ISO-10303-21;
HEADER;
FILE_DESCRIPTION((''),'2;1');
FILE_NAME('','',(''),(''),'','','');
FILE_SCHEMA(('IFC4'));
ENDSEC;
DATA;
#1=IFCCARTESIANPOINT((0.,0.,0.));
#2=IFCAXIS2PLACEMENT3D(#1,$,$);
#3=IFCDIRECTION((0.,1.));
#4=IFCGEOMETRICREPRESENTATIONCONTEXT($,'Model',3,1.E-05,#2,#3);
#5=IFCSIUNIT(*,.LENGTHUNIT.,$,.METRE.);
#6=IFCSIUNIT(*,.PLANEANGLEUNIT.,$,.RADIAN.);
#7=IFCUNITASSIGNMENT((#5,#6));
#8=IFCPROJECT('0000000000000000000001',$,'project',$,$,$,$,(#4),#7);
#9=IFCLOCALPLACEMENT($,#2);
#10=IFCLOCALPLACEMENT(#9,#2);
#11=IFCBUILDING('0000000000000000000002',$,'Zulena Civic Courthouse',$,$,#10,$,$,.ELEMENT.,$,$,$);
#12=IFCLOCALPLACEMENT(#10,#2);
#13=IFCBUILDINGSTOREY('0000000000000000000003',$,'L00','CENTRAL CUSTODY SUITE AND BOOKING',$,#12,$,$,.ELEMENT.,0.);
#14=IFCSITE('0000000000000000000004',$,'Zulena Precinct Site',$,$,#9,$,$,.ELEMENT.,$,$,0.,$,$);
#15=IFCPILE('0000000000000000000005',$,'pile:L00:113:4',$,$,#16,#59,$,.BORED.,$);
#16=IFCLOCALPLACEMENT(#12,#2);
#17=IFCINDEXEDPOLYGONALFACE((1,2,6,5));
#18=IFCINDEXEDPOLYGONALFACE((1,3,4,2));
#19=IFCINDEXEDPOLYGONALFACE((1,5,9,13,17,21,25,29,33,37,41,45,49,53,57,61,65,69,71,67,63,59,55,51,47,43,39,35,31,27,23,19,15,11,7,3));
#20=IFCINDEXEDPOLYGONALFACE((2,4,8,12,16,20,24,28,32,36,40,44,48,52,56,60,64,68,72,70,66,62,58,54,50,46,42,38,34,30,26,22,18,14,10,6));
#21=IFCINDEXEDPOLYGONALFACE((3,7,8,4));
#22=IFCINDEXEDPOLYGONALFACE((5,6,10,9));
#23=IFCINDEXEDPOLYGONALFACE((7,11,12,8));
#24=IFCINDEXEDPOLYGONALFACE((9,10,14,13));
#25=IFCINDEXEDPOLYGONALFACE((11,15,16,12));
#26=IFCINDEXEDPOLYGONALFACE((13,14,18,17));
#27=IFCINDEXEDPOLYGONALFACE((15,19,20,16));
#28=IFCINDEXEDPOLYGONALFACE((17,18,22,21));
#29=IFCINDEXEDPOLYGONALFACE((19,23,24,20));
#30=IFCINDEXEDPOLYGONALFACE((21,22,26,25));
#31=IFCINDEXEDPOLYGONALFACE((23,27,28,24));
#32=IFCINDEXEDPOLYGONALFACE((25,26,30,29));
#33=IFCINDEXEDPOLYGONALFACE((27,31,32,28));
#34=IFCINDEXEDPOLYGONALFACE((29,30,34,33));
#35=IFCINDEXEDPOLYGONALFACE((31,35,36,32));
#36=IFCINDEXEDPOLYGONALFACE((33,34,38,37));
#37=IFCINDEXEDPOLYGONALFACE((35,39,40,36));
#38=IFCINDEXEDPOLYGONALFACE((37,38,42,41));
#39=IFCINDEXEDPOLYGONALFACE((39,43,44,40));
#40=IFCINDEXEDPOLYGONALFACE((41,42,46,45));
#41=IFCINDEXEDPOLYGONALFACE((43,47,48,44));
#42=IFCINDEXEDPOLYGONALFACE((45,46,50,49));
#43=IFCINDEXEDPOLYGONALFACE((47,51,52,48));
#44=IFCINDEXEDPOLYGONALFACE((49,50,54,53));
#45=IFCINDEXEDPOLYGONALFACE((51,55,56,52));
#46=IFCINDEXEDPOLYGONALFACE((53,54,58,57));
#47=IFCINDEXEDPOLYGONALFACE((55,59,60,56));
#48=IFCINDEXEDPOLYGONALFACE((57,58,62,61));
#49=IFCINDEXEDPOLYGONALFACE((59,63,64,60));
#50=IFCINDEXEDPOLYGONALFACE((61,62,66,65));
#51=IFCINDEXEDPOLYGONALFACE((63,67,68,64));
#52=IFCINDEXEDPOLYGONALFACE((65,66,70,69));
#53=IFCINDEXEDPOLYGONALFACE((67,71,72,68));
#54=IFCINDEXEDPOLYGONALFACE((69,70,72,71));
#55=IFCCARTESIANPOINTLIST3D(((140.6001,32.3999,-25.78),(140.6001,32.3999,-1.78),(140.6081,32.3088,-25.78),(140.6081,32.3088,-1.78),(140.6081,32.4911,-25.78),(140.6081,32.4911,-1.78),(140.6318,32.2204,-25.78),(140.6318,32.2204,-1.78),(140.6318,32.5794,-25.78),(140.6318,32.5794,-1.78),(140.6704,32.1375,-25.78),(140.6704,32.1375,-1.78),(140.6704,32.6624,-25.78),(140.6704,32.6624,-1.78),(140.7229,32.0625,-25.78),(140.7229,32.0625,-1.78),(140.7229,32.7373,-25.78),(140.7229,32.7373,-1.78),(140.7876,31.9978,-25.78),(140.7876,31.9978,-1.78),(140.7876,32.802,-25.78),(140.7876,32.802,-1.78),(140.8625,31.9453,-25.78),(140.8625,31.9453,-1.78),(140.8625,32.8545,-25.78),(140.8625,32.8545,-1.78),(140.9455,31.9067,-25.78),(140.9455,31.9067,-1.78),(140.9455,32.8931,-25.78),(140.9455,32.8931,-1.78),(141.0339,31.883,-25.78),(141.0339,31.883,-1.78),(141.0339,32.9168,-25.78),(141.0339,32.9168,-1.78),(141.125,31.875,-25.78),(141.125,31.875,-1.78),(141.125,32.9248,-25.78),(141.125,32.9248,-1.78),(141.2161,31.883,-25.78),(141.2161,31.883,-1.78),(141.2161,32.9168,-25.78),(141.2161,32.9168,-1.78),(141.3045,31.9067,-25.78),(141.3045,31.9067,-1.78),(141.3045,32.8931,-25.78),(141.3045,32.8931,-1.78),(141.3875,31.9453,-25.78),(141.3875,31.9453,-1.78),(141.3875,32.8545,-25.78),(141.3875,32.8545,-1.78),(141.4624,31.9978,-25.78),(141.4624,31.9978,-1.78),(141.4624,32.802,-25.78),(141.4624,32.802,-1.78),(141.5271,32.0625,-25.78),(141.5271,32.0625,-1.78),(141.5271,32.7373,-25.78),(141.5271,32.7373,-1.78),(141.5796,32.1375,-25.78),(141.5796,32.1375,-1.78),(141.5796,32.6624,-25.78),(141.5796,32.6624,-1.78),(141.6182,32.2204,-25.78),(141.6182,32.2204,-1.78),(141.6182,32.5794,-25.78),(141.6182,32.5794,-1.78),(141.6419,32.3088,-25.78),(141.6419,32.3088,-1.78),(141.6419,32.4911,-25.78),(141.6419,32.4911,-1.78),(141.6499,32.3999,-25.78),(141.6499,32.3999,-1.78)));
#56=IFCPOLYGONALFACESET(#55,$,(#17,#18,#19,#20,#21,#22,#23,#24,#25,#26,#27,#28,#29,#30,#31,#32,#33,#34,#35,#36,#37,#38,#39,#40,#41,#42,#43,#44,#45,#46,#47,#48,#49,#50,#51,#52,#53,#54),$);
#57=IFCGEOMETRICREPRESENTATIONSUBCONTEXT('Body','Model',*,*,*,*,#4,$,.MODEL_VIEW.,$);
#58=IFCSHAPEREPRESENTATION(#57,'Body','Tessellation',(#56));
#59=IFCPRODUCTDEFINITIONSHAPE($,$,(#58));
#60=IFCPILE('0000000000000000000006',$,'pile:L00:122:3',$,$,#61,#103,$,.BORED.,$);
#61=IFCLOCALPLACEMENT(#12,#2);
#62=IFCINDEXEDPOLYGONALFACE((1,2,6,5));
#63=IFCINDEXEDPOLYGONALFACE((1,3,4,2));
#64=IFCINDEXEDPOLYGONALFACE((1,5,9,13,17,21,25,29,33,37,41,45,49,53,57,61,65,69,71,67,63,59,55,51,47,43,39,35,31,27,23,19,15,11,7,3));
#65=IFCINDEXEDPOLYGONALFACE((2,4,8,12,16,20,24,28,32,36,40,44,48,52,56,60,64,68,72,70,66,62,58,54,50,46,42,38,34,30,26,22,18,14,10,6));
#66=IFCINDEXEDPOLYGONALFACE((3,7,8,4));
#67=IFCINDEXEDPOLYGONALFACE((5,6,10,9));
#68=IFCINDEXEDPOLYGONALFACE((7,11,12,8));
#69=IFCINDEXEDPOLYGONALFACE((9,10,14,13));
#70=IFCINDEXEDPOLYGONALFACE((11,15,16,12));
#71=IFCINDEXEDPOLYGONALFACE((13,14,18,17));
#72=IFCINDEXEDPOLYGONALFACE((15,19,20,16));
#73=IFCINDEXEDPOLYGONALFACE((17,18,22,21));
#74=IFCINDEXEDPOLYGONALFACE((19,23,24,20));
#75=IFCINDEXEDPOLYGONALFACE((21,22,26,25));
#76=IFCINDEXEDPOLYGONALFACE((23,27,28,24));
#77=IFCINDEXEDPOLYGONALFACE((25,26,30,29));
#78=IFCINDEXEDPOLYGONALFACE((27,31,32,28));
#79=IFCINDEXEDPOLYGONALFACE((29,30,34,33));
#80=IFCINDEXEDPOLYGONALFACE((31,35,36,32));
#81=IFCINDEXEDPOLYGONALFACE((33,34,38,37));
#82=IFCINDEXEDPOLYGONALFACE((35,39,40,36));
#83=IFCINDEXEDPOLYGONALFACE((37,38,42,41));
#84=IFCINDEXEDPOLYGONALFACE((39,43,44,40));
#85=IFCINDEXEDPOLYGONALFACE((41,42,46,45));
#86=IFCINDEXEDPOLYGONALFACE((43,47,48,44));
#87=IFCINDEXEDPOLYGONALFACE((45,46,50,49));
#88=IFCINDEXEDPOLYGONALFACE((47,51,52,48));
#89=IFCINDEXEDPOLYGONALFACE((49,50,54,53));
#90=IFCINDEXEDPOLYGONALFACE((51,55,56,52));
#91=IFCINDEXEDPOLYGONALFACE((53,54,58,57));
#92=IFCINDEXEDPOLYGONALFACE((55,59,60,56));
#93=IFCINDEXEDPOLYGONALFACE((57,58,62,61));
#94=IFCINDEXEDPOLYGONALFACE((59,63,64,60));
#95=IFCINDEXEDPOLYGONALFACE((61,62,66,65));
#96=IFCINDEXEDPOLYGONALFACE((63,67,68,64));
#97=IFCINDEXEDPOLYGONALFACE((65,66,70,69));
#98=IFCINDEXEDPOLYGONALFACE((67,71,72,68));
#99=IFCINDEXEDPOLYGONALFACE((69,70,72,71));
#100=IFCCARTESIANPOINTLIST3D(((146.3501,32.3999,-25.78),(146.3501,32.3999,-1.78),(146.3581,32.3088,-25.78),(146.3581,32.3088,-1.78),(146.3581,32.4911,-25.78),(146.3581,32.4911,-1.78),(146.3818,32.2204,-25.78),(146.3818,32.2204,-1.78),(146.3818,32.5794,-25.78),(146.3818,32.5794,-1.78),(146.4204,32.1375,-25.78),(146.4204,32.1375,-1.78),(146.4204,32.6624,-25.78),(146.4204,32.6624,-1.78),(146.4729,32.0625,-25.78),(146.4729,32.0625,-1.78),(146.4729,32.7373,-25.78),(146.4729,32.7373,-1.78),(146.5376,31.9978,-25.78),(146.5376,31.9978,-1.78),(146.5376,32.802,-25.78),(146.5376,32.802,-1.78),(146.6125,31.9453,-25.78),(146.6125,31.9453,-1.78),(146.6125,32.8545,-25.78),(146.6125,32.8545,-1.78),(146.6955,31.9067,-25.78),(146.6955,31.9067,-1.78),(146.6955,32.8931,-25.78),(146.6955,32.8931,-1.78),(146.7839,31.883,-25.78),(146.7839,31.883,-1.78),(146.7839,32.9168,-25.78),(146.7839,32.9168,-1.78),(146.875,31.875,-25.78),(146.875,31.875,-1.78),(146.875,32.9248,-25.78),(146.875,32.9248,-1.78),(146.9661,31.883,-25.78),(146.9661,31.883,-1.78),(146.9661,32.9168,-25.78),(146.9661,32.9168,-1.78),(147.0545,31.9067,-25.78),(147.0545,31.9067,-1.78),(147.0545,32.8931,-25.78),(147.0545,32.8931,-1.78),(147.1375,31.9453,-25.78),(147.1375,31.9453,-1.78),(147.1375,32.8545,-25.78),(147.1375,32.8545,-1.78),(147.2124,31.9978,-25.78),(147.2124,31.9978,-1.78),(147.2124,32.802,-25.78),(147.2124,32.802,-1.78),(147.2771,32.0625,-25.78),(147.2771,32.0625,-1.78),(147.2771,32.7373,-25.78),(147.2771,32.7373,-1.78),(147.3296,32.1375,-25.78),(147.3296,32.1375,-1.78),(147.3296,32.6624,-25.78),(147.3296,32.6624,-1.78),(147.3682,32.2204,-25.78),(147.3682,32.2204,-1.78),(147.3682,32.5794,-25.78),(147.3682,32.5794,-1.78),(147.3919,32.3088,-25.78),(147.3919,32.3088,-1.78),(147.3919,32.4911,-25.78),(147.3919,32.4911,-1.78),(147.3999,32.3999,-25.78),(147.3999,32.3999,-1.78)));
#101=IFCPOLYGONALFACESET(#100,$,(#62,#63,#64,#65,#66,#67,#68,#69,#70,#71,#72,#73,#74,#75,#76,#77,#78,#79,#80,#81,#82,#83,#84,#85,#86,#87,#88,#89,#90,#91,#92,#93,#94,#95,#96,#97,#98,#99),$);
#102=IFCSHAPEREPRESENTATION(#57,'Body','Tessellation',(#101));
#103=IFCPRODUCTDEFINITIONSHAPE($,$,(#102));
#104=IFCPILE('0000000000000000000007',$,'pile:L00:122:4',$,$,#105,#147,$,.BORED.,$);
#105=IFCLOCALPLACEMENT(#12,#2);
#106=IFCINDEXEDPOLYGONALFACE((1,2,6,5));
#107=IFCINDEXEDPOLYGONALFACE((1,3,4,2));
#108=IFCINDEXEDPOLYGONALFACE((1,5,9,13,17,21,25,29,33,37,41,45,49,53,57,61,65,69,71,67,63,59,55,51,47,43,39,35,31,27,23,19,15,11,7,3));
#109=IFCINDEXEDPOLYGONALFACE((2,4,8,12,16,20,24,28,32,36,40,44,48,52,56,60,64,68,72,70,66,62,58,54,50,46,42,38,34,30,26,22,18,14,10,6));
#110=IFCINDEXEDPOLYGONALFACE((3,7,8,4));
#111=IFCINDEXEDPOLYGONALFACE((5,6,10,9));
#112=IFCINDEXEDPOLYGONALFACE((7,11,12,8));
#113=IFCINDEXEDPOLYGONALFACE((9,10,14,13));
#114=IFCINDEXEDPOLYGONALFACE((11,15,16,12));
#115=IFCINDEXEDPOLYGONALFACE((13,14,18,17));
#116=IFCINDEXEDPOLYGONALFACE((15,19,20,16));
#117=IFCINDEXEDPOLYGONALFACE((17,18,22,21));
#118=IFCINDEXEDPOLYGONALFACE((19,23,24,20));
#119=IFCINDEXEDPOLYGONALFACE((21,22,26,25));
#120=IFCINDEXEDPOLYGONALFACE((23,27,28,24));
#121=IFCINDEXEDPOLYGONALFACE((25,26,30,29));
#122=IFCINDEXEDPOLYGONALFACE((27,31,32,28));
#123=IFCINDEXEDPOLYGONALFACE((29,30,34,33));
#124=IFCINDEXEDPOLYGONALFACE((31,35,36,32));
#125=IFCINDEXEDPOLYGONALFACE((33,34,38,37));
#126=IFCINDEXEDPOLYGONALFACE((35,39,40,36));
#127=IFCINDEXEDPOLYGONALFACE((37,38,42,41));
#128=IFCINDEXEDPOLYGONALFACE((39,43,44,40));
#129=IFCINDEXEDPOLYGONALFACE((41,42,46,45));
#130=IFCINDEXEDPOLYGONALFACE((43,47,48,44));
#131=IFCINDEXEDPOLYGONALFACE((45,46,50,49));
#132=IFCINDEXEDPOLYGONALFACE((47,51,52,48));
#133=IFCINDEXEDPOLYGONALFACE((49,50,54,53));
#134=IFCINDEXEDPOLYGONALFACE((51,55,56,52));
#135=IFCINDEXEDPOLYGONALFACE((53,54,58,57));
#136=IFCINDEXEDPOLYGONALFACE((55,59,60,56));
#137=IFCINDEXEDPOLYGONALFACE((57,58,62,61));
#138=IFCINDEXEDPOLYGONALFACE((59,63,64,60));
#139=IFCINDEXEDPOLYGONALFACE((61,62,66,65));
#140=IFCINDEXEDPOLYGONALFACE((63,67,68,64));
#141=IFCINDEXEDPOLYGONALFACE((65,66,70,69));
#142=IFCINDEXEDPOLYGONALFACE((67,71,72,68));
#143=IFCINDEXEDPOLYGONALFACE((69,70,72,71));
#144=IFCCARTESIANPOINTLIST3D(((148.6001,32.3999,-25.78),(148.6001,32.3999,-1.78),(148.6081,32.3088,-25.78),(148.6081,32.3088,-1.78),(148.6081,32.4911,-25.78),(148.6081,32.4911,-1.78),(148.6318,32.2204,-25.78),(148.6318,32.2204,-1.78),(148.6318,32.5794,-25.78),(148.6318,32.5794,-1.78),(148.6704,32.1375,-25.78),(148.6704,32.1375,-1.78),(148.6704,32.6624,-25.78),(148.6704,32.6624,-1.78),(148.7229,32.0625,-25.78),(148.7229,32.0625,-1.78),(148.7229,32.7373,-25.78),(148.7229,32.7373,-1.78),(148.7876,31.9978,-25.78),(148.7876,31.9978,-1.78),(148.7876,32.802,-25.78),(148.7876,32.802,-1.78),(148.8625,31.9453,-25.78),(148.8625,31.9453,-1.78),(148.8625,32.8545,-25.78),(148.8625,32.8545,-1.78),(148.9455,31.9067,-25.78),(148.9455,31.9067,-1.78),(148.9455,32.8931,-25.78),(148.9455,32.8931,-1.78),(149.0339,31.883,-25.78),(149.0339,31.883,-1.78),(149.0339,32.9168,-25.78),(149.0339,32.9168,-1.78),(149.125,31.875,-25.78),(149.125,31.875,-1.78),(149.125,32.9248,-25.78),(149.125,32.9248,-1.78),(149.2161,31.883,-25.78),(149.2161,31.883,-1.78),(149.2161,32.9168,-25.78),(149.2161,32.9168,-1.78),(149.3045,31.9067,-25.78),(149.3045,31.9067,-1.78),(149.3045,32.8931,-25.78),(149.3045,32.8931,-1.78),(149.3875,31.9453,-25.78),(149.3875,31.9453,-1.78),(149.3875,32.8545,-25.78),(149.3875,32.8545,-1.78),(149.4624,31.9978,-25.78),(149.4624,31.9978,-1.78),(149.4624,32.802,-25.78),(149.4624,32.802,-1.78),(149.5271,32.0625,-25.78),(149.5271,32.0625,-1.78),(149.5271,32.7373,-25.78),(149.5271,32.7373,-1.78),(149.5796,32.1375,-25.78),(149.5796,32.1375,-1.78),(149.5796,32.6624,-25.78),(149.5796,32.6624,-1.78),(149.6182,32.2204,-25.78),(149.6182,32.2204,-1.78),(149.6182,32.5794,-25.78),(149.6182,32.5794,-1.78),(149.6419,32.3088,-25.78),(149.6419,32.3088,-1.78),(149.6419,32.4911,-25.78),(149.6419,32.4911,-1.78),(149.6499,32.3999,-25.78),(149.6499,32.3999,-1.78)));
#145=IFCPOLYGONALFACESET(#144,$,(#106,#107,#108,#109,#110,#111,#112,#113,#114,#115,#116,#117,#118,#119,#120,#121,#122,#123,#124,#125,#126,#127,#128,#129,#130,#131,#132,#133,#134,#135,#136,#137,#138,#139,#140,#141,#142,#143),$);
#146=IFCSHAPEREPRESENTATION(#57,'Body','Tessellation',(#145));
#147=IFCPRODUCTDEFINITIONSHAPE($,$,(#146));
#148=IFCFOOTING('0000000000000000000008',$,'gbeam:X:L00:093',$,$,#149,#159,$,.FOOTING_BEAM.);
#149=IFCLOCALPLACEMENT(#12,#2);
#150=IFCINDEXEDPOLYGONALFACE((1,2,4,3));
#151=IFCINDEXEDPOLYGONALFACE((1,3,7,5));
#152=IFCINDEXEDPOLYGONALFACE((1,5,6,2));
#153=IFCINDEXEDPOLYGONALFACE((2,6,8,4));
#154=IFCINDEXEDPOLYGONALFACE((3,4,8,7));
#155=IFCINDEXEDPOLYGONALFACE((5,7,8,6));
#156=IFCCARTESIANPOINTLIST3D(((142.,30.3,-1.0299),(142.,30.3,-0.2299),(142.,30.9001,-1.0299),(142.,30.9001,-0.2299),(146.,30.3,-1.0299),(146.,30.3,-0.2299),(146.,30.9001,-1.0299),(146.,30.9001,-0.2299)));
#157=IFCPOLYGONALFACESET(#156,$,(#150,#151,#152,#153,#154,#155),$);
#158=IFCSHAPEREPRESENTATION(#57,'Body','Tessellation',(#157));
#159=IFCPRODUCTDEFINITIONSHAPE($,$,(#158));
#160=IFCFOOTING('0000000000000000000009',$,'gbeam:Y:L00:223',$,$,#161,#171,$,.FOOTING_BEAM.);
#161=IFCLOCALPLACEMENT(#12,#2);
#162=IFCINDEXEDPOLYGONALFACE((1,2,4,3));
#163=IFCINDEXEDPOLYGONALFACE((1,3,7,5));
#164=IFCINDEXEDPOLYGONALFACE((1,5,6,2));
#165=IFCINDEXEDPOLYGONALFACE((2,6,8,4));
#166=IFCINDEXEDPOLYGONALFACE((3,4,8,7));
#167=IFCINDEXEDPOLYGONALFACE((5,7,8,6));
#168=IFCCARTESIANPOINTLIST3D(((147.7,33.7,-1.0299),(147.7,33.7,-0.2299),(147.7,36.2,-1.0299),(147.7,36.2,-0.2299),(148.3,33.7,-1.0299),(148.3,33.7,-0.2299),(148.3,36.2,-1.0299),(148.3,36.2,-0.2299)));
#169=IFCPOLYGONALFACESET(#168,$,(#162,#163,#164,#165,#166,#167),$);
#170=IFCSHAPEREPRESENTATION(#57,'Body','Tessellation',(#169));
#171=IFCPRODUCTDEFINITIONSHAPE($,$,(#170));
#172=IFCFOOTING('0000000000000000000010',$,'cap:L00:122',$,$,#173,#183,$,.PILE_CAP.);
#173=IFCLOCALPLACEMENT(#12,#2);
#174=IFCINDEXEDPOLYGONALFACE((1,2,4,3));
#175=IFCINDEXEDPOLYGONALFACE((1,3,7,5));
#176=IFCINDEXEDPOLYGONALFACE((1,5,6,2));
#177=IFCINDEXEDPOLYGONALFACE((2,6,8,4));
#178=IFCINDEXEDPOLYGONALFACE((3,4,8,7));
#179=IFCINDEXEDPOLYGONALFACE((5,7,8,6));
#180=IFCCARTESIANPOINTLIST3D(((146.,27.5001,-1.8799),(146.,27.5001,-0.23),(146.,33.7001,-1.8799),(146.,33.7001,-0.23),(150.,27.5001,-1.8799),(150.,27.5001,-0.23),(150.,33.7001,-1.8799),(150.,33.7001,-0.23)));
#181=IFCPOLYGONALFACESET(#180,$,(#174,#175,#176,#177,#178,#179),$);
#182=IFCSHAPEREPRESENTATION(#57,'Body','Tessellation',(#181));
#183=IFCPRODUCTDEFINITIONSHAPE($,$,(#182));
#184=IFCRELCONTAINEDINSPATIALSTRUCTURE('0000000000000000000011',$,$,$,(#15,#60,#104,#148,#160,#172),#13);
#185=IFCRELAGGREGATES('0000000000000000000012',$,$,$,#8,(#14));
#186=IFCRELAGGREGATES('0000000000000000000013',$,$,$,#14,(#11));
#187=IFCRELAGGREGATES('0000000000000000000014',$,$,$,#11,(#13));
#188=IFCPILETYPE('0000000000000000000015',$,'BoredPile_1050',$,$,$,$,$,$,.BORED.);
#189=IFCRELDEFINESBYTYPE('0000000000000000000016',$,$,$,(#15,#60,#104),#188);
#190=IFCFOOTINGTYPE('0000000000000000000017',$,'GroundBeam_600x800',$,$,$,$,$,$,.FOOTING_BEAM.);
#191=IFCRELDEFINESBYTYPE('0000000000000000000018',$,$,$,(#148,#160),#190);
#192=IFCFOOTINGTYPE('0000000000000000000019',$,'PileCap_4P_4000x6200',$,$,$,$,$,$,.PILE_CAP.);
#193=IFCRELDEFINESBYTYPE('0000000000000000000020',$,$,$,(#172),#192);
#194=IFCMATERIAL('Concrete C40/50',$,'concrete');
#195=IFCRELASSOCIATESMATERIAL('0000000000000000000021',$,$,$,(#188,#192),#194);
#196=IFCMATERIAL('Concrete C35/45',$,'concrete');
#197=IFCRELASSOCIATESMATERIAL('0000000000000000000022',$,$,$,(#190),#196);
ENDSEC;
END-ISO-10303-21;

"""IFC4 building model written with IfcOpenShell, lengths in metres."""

from ifc_helpers import new_model, si_unit, direction, frame, origin, origin_2d, place, context, subcontext, project, spatial, rectangle, circle, extrude, material, material_profile, profile_set, type_object, element, save


model = new_model("IFC4")

# Units and contexts
model_context = context("Model", 3, precision=1e-05, world=origin(), true_north=direction((0.0, 1.0)))
body_context = subcontext(model_context, "Body", "Model", "MODEL_VIEW")
ifc_project = project(units=[si_unit("LENGTHUNIT", "METRE"), si_unit("PLANEANGLEUNIT", "RADIAN")], contexts=[model_context])

# Site, building, storey
site_placement = place(None, origin())
site = spatial("IfcSite", under=ifc_project, at=site_placement, Name="Zulena Precinct Site", CompositionType="ELEMENT", RefElevation=0.0)
building_placement = place(site_placement, origin())
building = spatial("IfcBuilding", under=site, at=building_placement, Name="Zulena Civic Courthouse", CompositionType="ELEMENT")
storey_placement = place(building_placement, origin())
storey = spatial("IfcBuildingStorey", under=building, at=storey_placement, Name="L00", Description="CENTRAL CUSTODY SUITE AND BOOKING", CompositionType="ELEMENT", Elevation=0.0)

# Piles
ifc_material_1 = material(Name="Concrete C40/50", Category="concrete")
ifc_material_profile_1 = material_profile(ifc_material_1, circle(Radius=0.5249, at=origin_2d()), Name="PILE1050")
ifc_profile_set_1 = profile_set([ifc_material_profile_1], Name="Concrete C40/50")
pile_type = type_object("IfcPileType", Name="BoredPile_1050", PredefinedType="BORED", material=ifc_profile_set_1)
for number, where, z_axis, x_axis, name in (
    (1, (141.125, 32.3999, -1.78), (0.0, 0.0, -1.0), (1.0, 0.0, 0.0), "pile:L00:113:4"),
    (2, (146.875, 32.3999, -1.78), (0.0, 0.0, -1.0), (1.0, 0.0, 0.0), "pile:L00:122:3"),
    (3, (149.125, 32.3999, -1.78), (0.0, 0.0, -1.0), (1.0, 0.0, 0.0), "pile:L00:122:4"),
):
    element("IfcPile", number, at=place(storey_placement, frame(where, z_axis=z_axis, x_axis=x_axis)), inside=storey, type_object=pile_type, Name=name, PredefinedType="BORED", context=body_context, shape_type="SweptSolid", body=[
        extrude(circle(Radius=0.5249, at=origin_2d()), origin(), (0.0, 0.0, 1.0), 24.0),
    ])

# Footings
ifc_material_2 = material(Name="Concrete C35/45", Category="concrete")
ifc_material_profile_2 = material_profile(ifc_material_2, rectangle(XDim=0.6001, YDim=0.8, at=origin_2d()), Name="RC600X800")
ifc_profile_set_2 = profile_set([ifc_material_profile_2], Name="Concrete C35/45")
footing_type_1 = type_object("IfcFootingType", Name="GroundBeam_600x800", PredefinedType="FOOTING_BEAM", material=ifc_profile_set_2)
footing_1_placement = place(storey_placement, frame((142.0, 30.6001, -0.6299), z_axis=(1.0, 0.0, 0.0), x_axis=(0.0, 1.0, 0.0)))
element("IfcFooting", 4, at=footing_1_placement, inside=storey, type_object=footing_type_1, Name="gbeam:X:L00:093", PredefinedType="FOOTING_BEAM", context=body_context, shape_type="SweptSolid", body=[
    extrude(rectangle(XDim=0.6001, YDim=0.8, at=origin_2d()), origin(), (0.0, 0.0, 1.0), 4.0),
])
footing_2_placement = place(storey_placement, frame((148.0, 33.7, -0.6299), z_axis=(0.0, 1.0, 0.0), x_axis=(-1.0, 0.0, 0.0)))
element("IfcFooting", 5, at=footing_2_placement, inside=storey, type_object=footing_type_1, Name="gbeam:Y:L00:223", PredefinedType="FOOTING_BEAM", context=body_context, shape_type="SweptSolid", body=[
    extrude(rectangle(XDim=0.6001, YDim=0.8, at=origin_2d()), origin(), (0.0, 0.0, 1.0), 2.5),
])
footing_type_2 = type_object("IfcFootingType", Name="PileCap_4P_4000x6200", PredefinedType="PILE_CAP", material=ifc_material_1)
footing_3_placement = place(storey_placement, frame((148.0, 30.6001, -1.8799), z_axis=(0.0, 0.0, 1.0), x_axis=(1.0, 0.0, 0.0)))
element("IfcFooting", 6, at=footing_3_placement, inside=storey, type_object=footing_type_2, Name="cap:L00:122", PredefinedType="PILE_CAP", context=body_context, shape_type="SweptSolid", body=[
    extrude(rectangle(XDim=4.0, YDim=6.2, at=origin_2d()), origin(), (0.0, 0.0, 1.0), 1.6499),
])

save(model, "model.ifc")
